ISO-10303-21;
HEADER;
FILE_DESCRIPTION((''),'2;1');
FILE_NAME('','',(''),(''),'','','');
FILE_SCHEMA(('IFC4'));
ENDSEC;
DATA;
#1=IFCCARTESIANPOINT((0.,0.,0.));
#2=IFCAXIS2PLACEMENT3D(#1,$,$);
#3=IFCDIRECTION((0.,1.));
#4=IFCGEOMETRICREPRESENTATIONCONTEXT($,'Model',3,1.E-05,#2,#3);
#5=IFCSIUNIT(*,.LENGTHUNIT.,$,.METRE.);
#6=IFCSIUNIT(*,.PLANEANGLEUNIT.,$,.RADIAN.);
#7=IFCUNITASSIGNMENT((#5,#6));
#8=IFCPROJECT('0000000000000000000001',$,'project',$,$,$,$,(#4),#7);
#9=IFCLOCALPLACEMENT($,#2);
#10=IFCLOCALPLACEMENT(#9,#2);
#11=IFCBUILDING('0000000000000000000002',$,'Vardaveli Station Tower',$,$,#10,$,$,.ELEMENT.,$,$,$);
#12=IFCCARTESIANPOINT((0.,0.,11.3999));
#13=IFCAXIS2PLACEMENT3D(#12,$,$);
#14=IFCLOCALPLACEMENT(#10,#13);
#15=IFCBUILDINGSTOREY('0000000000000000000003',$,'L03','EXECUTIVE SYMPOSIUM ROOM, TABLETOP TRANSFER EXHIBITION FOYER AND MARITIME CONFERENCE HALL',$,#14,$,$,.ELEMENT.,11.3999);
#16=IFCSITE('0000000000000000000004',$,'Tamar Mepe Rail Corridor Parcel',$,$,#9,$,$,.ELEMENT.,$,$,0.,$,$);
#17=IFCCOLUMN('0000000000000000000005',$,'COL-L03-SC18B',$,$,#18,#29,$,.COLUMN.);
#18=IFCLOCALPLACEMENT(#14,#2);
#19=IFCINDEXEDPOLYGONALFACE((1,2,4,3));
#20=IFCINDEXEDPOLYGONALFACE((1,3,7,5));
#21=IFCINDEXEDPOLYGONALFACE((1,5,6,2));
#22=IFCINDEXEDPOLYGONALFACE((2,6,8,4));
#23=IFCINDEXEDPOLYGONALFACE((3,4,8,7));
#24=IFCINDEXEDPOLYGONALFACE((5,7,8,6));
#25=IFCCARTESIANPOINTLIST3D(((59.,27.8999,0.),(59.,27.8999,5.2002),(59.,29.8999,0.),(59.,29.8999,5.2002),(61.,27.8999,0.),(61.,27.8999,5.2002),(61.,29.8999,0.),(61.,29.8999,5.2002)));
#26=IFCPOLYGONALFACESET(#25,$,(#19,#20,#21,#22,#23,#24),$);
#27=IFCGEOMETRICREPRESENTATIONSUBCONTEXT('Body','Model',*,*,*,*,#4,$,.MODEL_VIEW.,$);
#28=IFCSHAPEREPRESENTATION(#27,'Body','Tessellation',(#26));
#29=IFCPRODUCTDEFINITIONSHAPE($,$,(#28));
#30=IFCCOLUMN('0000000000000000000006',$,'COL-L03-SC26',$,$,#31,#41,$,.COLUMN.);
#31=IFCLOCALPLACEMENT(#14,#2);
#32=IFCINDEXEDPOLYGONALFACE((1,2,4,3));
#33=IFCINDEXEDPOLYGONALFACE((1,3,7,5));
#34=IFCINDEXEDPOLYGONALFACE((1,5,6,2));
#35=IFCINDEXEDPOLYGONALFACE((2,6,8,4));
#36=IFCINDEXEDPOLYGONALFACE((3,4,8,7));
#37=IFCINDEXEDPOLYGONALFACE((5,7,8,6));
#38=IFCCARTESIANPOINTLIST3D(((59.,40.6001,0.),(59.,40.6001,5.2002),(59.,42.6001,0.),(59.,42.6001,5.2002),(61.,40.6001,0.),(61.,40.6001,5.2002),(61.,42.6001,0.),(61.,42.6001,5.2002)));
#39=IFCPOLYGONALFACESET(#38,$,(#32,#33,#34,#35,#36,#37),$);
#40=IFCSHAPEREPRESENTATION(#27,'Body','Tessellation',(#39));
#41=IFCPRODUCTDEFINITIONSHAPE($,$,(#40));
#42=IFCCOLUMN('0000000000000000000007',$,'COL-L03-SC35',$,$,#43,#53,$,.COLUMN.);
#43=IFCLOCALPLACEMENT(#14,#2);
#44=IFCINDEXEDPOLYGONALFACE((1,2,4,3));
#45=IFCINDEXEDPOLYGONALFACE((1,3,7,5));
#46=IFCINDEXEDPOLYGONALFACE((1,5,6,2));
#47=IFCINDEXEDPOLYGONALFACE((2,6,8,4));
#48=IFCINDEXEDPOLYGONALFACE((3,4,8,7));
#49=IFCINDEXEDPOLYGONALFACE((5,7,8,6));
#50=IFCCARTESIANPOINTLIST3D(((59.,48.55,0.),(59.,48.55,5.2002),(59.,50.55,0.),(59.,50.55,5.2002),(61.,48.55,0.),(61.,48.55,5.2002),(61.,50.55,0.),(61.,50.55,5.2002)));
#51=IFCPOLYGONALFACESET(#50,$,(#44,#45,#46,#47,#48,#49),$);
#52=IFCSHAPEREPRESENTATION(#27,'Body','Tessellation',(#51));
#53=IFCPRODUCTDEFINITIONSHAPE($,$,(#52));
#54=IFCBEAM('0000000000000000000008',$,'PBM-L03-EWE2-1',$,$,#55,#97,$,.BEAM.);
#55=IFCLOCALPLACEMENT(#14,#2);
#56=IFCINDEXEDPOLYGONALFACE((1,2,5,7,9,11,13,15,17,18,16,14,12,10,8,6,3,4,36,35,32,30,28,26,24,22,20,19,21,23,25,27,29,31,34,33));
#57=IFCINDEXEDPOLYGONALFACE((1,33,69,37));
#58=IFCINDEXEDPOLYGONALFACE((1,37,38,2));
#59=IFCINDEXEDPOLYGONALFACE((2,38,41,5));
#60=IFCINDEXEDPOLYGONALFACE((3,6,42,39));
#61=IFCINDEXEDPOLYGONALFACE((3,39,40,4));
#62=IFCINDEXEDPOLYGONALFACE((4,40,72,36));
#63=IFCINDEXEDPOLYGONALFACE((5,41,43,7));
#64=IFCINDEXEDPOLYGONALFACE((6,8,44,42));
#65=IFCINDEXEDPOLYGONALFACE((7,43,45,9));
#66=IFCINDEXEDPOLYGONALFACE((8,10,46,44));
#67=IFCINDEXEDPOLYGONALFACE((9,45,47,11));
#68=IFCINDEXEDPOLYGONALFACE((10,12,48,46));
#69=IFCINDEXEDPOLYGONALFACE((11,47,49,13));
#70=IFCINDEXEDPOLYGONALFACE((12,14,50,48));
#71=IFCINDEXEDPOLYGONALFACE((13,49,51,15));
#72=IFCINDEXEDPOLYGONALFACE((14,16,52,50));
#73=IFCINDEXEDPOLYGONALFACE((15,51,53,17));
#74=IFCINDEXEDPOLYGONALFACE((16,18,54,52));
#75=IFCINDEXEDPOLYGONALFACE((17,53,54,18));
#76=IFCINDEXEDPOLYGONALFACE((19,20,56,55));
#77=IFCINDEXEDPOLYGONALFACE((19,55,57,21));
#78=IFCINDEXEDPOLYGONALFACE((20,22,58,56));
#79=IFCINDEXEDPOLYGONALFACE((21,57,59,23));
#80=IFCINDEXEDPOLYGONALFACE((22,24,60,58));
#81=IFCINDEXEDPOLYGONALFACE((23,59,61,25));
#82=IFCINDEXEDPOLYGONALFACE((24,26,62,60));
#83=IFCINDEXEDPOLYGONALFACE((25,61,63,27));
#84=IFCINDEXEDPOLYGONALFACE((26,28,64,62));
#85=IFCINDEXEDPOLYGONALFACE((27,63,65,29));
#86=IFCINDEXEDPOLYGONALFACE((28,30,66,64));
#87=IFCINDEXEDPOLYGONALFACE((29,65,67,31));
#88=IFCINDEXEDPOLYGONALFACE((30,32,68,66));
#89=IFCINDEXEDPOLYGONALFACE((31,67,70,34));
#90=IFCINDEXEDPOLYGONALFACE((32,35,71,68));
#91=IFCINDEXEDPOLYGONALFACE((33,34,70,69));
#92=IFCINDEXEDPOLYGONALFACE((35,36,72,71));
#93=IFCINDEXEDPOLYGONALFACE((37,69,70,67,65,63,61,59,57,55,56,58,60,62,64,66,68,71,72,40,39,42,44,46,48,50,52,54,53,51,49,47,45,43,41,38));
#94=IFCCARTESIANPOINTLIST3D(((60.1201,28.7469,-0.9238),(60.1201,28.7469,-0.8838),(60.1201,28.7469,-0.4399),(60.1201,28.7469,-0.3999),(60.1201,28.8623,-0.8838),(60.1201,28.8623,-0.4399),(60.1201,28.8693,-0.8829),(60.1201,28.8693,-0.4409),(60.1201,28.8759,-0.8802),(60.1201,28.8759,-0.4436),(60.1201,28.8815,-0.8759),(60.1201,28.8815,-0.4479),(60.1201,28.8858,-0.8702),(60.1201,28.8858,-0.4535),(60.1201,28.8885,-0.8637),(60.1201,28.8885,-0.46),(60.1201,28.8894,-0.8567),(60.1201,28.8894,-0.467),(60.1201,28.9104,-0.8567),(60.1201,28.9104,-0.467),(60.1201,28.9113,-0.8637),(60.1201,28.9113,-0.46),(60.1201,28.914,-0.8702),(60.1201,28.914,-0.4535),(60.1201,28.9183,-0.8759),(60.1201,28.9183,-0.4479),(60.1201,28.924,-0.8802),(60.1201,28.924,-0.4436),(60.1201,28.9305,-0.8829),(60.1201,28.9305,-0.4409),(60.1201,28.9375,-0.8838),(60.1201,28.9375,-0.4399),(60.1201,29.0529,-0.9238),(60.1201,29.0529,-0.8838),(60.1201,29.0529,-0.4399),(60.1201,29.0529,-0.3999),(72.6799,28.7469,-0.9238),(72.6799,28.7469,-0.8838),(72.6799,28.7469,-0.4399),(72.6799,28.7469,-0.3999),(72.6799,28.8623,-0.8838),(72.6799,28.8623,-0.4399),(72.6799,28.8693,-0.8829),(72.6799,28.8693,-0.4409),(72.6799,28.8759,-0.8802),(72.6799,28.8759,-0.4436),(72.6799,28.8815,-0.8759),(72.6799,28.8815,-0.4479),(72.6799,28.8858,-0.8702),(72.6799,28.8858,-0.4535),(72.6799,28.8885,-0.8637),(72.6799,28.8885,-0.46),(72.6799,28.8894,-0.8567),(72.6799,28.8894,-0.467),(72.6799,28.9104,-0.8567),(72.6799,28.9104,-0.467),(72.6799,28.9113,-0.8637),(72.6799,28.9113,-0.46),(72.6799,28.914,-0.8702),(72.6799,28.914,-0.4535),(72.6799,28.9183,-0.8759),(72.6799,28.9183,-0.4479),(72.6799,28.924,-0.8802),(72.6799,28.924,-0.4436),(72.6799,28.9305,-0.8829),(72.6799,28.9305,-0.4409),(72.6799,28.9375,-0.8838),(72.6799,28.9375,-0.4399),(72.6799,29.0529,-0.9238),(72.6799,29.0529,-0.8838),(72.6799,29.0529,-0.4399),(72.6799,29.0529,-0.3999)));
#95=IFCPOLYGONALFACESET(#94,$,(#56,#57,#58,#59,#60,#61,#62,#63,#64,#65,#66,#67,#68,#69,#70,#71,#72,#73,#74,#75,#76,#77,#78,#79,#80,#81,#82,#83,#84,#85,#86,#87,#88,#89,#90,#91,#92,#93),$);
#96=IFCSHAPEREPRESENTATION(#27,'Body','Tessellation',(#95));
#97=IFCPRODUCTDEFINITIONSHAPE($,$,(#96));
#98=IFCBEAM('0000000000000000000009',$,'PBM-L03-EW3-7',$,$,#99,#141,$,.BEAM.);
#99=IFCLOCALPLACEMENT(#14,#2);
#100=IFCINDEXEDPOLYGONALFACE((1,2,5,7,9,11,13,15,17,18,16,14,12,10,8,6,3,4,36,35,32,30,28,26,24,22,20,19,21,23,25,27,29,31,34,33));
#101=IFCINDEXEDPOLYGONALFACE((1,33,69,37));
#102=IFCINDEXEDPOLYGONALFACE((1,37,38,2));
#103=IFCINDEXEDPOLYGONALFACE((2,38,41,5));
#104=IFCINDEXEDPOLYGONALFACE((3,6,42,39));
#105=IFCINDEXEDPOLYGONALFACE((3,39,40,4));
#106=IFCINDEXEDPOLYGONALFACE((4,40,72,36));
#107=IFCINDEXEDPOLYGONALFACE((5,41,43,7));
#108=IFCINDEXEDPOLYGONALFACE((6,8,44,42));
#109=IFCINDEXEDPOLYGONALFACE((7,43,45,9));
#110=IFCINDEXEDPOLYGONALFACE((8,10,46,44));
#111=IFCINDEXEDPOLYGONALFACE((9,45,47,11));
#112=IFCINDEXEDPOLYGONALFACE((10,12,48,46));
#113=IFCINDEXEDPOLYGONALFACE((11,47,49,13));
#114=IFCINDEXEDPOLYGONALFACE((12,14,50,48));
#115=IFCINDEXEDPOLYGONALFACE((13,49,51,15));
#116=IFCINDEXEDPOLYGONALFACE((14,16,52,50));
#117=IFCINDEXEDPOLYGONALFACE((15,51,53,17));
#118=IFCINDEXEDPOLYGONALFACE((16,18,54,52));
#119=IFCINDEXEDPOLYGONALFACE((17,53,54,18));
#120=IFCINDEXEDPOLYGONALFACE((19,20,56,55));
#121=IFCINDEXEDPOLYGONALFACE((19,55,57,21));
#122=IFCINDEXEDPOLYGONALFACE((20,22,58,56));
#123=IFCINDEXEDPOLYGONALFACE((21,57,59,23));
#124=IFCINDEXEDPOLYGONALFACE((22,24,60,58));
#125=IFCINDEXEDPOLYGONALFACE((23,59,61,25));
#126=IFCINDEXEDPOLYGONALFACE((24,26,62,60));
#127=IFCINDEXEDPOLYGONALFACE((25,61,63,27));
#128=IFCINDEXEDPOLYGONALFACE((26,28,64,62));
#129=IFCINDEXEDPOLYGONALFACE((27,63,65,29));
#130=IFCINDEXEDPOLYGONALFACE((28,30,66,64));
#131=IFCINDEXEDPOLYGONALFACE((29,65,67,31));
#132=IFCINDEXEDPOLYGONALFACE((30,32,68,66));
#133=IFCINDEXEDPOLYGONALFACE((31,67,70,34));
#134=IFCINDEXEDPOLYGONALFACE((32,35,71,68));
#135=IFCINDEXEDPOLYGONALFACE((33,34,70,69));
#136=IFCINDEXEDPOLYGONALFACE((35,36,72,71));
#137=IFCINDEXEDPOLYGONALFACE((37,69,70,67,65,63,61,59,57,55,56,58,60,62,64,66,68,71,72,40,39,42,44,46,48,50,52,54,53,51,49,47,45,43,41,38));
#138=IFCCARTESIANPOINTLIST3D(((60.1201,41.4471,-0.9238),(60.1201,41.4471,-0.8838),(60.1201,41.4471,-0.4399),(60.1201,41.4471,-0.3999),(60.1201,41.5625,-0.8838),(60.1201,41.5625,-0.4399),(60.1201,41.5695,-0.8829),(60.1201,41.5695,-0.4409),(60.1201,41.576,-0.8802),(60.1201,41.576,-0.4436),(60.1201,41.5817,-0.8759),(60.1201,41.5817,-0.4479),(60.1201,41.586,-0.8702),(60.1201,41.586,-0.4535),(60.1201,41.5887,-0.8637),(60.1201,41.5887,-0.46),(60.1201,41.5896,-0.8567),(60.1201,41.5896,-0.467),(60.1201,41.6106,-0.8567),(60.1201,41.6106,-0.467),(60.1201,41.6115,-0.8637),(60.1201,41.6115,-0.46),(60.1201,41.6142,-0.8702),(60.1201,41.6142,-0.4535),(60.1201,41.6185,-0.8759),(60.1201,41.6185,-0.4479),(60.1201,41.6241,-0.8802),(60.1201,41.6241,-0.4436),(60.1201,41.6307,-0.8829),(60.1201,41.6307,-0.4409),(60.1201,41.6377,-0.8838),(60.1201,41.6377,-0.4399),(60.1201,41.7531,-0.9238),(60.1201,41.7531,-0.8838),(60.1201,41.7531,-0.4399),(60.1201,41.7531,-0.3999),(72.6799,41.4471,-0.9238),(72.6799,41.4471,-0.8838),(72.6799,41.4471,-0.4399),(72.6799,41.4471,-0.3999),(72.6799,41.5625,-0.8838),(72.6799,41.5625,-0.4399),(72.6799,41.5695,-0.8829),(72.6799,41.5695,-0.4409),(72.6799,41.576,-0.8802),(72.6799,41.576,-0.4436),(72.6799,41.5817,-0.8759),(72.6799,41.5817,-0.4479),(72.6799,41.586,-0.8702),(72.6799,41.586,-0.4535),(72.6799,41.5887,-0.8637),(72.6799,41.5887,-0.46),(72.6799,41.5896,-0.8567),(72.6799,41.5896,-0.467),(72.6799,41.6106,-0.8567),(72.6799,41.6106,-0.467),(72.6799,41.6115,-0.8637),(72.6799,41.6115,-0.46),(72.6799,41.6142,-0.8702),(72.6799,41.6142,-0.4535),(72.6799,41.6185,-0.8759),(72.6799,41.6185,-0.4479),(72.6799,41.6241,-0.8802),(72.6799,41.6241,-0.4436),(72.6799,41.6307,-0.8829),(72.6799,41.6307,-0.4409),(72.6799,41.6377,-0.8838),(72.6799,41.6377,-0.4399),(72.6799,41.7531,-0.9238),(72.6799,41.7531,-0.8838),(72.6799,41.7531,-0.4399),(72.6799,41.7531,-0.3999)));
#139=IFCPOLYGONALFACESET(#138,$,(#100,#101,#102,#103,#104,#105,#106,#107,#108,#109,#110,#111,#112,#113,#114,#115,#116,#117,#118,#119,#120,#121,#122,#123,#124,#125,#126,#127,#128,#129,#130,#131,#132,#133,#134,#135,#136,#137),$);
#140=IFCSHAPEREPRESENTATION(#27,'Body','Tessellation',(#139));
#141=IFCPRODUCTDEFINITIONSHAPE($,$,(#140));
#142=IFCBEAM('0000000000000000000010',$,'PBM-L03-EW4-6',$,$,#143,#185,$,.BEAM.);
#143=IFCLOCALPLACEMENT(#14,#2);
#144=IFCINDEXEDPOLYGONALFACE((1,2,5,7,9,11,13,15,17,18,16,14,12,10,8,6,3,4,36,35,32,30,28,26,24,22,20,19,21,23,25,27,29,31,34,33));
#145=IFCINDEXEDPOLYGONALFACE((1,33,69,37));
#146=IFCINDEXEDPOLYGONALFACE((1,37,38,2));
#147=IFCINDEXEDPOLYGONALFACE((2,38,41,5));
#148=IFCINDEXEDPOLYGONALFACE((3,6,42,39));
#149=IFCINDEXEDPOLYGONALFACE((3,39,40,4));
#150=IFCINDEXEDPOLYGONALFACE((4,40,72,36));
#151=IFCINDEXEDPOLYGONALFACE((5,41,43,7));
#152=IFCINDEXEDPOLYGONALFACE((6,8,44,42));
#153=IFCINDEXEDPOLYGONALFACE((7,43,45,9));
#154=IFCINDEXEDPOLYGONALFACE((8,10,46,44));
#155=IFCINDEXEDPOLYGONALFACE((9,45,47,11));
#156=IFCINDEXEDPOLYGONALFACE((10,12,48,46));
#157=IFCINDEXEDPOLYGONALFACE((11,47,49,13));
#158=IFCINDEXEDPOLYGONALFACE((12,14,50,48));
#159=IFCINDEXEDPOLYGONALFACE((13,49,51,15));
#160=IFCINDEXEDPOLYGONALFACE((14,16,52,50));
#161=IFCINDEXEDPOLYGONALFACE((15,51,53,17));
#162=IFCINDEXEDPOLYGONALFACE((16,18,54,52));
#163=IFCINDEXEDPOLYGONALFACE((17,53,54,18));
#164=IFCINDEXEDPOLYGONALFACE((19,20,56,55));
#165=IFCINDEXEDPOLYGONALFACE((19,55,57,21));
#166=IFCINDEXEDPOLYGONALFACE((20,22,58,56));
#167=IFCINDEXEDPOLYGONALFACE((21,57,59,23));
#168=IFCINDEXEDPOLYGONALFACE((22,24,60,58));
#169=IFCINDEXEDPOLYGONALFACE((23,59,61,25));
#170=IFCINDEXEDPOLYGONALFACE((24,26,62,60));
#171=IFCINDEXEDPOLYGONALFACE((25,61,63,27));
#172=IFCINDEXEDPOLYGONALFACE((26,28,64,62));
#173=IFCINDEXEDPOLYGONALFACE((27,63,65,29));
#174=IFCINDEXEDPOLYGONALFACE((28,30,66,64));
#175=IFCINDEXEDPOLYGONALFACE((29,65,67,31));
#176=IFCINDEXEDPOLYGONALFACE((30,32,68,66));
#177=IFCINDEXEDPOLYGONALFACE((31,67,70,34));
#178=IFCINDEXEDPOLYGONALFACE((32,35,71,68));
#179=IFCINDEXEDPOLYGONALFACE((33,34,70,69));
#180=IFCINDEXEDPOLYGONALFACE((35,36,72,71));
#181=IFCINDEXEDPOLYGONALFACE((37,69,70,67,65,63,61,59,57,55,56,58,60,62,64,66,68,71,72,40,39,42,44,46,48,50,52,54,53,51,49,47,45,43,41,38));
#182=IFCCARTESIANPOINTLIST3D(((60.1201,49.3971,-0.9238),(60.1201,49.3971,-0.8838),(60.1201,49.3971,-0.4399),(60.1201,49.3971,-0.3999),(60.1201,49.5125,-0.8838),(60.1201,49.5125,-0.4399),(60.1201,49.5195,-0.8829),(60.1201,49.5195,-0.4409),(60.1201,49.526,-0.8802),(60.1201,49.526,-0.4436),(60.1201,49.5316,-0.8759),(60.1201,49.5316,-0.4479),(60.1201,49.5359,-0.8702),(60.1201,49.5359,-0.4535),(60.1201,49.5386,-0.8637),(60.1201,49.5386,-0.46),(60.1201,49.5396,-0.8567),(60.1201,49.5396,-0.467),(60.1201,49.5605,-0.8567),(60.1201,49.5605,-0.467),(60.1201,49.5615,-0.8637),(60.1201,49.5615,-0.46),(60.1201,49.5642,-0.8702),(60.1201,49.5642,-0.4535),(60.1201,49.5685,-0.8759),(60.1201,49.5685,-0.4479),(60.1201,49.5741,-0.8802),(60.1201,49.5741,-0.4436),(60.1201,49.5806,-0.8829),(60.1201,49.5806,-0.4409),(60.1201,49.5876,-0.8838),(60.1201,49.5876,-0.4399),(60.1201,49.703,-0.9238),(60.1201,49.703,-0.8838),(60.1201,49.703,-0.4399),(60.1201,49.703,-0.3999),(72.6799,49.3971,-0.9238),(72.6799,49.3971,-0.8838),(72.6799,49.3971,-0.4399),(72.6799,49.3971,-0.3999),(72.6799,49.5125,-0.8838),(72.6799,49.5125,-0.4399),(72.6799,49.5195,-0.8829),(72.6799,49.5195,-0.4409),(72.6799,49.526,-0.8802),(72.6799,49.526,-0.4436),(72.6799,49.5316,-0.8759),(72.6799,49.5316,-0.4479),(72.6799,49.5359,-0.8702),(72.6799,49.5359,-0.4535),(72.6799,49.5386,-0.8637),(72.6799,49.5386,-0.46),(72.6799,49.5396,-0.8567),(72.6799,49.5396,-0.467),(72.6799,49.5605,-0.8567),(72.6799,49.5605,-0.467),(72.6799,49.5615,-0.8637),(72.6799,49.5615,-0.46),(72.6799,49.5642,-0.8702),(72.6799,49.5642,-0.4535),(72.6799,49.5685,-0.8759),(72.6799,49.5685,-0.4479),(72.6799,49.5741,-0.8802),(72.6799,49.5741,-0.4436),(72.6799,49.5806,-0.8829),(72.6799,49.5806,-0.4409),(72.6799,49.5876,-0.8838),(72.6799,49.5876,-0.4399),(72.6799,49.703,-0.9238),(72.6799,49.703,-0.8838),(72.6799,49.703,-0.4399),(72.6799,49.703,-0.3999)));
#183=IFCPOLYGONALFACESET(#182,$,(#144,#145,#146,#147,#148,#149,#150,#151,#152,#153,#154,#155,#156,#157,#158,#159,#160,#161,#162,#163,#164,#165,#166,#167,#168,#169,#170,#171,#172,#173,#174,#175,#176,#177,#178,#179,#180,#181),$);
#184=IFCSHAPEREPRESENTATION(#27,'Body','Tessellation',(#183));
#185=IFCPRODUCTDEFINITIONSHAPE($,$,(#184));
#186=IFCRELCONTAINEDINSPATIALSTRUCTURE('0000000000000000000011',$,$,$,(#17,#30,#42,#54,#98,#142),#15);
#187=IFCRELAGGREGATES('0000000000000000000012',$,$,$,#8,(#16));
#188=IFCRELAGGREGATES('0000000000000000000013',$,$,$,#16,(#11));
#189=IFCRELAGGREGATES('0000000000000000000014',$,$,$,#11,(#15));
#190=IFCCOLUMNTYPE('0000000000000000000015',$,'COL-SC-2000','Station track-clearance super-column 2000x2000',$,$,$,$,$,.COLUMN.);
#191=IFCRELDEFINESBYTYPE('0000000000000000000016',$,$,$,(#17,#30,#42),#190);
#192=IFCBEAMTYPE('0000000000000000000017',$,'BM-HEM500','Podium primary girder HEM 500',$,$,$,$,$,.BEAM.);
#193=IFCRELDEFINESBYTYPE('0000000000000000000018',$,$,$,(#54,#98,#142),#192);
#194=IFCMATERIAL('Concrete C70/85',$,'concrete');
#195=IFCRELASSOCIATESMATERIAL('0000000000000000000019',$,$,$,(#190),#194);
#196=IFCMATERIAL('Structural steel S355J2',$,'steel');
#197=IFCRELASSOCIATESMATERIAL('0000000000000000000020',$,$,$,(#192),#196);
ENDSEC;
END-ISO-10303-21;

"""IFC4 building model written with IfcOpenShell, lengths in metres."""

from ifc_helpers import new_model, si_unit, direction, frame, origin, origin_2d, place, context, subcontext, project, spatial, rectangle, i_section, extrude, source, transform, mapped, material, material_profile, profile_set, type_object, element, save


model = new_model("IFC4")

# Units and contexts
model_context = context("Model", 3, precision=1e-05, world=origin(), true_north=direction((0.0, 1.0)))
body_context = subcontext(model_context, "Body", "Model", "MODEL_VIEW")
ifc_project = project(units=[si_unit("LENGTHUNIT", "METRE"), si_unit("PLANEANGLEUNIT", "RADIAN")], contexts=[model_context])

# Site, building, storey
site_placement = place(None, origin())
site = spatial("IfcSite", under=ifc_project, at=site_placement, Name="Tamar Mepe Rail Corridor Parcel", CompositionType="ELEMENT", RefElevation=0.0)
building_placement = place(site_placement, origin())
building = spatial("IfcBuilding", under=site, at=building_placement, Name="Vardaveli Station Tower", CompositionType="ELEMENT")
storey_placement = place(building_placement, frame((0.0, 0.0, 11.3999)))
storey = spatial("IfcBuildingStorey", under=building, at=storey_placement, Name="L03", Description="EXECUTIVE SYMPOSIUM ROOM, TABLETOP TRANSFER EXHIBITION FOYER AND MARITIME CONFERENCE HALL", CompositionType="ELEMENT", Elevation=11.3999)

# Columns
ifc_material_1 = material(Name="Concrete C70/85", Category="concrete")
ifc_material_profile_1 = material_profile(ifc_material_1, rectangle(XDim=2.0, YDim=2.0, at=origin_2d()), Name="SC 2000x2000")
ifc_profile_set_1 = profile_set([ifc_material_profile_1], Name="Concrete C70/85")
column_type = type_object("IfcColumnType", Name="COL-SC-2000", Description="Station track-clearance super-column 2000x2000", PredefinedType="COLUMN", material=ifc_profile_set_1)
shared_shape_1 = source(origin(), body_context, "Body", "SweptSolid", [
    extrude(rectangle(XDim=2.0, YDim=2.0, at=origin_2d()), origin(), (0.0, 0.0, 1.0), 5.2002),
])
for number, where, z_axis, x_axis, name in (
    (1, (60.0, 28.8999, 0.0), (0.0, 0.0, 1.0), (1.0, 0.0, 0.0), "COL-L03-SC18B"),
    (2, (60.0, 41.6001, 0.0), (0.0, 0.0, 1.0), (1.0, 0.0, 0.0), "COL-L03-SC26"),
    (3, (60.0, 49.55, 0.0), (0.0, 0.0, 1.0), (1.0, 0.0, 0.0), "COL-L03-SC35"),
):
    element("IfcColumn", number, at=place(storey_placement, frame(where, z_axis=z_axis, x_axis=x_axis)), inside=storey, type_object=column_type, Name=name, PredefinedType="COLUMN", context=body_context, shape_type="MappedRepresentation", body=[
        mapped(shared_shape_1, transform((0.0, 0.0, 0.0), scale=1.0)),
    ])

# Beams
ifc_material_2 = material(Name="Structural steel S355J2", Category="steel")
ifc_material_profile_2 = material_profile(ifc_material_2, i_section(OverallWidth=0.3059, OverallDepth=0.5239, WebThickness=0.021, FlangeThickness=0.04, FilletRadius=0.0271, at=origin_2d()), Name="HEM 500")
ifc_profile_set_2 = profile_set([ifc_material_profile_2], Name="Structural steel S355J2")
beam_type_1 = type_object("IfcBeamType", Name="BM-HEM500", Description="Podium primary girder HEM 500", PredefinedType="BEAM", material=ifc_profile_set_2)
shared_shape_2 = source(origin(), body_context, "Body", "SweptSolid", [
    extrude(i_section(OverallWidth=0.3059, OverallDepth=0.5239, WebThickness=0.021, FlangeThickness=0.04, FilletRadius=0.0271, at=origin_2d()), origin(), (0.0, 0.0, 1.0), 12.5598),
])
for number, where, z_axis, x_axis, name in (
    (4, (60.1201, 28.8999, -0.6619), (1.0, 0.0, 0.0), (0.0, 1.0, 0.0), "PBM-L03-EWE2-1"),
    (5, (60.1201, 41.6001, -0.6619), (1.0, 0.0, 0.0), (0.0, 1.0, 0.0), "PBM-L03-EW3-7"),
    (6, (60.1201, 49.55, -0.6619), (1.0, 0.0, 0.0), (0.0, 1.0, 0.0), "PBM-L03-EW4-6"),
):
    element("IfcBeam", number, at=place(storey_placement, frame(where, z_axis=z_axis, x_axis=x_axis)), inside=storey, type_object=beam_type_1, Name=name, PredefinedType="BEAM", context=body_context, shape_type="MappedRepresentation", body=[
        mapped(shared_shape_2, transform((0.0, 0.0, 0.0), scale=1.0)),
    ])

save(model, "model.ifc")
